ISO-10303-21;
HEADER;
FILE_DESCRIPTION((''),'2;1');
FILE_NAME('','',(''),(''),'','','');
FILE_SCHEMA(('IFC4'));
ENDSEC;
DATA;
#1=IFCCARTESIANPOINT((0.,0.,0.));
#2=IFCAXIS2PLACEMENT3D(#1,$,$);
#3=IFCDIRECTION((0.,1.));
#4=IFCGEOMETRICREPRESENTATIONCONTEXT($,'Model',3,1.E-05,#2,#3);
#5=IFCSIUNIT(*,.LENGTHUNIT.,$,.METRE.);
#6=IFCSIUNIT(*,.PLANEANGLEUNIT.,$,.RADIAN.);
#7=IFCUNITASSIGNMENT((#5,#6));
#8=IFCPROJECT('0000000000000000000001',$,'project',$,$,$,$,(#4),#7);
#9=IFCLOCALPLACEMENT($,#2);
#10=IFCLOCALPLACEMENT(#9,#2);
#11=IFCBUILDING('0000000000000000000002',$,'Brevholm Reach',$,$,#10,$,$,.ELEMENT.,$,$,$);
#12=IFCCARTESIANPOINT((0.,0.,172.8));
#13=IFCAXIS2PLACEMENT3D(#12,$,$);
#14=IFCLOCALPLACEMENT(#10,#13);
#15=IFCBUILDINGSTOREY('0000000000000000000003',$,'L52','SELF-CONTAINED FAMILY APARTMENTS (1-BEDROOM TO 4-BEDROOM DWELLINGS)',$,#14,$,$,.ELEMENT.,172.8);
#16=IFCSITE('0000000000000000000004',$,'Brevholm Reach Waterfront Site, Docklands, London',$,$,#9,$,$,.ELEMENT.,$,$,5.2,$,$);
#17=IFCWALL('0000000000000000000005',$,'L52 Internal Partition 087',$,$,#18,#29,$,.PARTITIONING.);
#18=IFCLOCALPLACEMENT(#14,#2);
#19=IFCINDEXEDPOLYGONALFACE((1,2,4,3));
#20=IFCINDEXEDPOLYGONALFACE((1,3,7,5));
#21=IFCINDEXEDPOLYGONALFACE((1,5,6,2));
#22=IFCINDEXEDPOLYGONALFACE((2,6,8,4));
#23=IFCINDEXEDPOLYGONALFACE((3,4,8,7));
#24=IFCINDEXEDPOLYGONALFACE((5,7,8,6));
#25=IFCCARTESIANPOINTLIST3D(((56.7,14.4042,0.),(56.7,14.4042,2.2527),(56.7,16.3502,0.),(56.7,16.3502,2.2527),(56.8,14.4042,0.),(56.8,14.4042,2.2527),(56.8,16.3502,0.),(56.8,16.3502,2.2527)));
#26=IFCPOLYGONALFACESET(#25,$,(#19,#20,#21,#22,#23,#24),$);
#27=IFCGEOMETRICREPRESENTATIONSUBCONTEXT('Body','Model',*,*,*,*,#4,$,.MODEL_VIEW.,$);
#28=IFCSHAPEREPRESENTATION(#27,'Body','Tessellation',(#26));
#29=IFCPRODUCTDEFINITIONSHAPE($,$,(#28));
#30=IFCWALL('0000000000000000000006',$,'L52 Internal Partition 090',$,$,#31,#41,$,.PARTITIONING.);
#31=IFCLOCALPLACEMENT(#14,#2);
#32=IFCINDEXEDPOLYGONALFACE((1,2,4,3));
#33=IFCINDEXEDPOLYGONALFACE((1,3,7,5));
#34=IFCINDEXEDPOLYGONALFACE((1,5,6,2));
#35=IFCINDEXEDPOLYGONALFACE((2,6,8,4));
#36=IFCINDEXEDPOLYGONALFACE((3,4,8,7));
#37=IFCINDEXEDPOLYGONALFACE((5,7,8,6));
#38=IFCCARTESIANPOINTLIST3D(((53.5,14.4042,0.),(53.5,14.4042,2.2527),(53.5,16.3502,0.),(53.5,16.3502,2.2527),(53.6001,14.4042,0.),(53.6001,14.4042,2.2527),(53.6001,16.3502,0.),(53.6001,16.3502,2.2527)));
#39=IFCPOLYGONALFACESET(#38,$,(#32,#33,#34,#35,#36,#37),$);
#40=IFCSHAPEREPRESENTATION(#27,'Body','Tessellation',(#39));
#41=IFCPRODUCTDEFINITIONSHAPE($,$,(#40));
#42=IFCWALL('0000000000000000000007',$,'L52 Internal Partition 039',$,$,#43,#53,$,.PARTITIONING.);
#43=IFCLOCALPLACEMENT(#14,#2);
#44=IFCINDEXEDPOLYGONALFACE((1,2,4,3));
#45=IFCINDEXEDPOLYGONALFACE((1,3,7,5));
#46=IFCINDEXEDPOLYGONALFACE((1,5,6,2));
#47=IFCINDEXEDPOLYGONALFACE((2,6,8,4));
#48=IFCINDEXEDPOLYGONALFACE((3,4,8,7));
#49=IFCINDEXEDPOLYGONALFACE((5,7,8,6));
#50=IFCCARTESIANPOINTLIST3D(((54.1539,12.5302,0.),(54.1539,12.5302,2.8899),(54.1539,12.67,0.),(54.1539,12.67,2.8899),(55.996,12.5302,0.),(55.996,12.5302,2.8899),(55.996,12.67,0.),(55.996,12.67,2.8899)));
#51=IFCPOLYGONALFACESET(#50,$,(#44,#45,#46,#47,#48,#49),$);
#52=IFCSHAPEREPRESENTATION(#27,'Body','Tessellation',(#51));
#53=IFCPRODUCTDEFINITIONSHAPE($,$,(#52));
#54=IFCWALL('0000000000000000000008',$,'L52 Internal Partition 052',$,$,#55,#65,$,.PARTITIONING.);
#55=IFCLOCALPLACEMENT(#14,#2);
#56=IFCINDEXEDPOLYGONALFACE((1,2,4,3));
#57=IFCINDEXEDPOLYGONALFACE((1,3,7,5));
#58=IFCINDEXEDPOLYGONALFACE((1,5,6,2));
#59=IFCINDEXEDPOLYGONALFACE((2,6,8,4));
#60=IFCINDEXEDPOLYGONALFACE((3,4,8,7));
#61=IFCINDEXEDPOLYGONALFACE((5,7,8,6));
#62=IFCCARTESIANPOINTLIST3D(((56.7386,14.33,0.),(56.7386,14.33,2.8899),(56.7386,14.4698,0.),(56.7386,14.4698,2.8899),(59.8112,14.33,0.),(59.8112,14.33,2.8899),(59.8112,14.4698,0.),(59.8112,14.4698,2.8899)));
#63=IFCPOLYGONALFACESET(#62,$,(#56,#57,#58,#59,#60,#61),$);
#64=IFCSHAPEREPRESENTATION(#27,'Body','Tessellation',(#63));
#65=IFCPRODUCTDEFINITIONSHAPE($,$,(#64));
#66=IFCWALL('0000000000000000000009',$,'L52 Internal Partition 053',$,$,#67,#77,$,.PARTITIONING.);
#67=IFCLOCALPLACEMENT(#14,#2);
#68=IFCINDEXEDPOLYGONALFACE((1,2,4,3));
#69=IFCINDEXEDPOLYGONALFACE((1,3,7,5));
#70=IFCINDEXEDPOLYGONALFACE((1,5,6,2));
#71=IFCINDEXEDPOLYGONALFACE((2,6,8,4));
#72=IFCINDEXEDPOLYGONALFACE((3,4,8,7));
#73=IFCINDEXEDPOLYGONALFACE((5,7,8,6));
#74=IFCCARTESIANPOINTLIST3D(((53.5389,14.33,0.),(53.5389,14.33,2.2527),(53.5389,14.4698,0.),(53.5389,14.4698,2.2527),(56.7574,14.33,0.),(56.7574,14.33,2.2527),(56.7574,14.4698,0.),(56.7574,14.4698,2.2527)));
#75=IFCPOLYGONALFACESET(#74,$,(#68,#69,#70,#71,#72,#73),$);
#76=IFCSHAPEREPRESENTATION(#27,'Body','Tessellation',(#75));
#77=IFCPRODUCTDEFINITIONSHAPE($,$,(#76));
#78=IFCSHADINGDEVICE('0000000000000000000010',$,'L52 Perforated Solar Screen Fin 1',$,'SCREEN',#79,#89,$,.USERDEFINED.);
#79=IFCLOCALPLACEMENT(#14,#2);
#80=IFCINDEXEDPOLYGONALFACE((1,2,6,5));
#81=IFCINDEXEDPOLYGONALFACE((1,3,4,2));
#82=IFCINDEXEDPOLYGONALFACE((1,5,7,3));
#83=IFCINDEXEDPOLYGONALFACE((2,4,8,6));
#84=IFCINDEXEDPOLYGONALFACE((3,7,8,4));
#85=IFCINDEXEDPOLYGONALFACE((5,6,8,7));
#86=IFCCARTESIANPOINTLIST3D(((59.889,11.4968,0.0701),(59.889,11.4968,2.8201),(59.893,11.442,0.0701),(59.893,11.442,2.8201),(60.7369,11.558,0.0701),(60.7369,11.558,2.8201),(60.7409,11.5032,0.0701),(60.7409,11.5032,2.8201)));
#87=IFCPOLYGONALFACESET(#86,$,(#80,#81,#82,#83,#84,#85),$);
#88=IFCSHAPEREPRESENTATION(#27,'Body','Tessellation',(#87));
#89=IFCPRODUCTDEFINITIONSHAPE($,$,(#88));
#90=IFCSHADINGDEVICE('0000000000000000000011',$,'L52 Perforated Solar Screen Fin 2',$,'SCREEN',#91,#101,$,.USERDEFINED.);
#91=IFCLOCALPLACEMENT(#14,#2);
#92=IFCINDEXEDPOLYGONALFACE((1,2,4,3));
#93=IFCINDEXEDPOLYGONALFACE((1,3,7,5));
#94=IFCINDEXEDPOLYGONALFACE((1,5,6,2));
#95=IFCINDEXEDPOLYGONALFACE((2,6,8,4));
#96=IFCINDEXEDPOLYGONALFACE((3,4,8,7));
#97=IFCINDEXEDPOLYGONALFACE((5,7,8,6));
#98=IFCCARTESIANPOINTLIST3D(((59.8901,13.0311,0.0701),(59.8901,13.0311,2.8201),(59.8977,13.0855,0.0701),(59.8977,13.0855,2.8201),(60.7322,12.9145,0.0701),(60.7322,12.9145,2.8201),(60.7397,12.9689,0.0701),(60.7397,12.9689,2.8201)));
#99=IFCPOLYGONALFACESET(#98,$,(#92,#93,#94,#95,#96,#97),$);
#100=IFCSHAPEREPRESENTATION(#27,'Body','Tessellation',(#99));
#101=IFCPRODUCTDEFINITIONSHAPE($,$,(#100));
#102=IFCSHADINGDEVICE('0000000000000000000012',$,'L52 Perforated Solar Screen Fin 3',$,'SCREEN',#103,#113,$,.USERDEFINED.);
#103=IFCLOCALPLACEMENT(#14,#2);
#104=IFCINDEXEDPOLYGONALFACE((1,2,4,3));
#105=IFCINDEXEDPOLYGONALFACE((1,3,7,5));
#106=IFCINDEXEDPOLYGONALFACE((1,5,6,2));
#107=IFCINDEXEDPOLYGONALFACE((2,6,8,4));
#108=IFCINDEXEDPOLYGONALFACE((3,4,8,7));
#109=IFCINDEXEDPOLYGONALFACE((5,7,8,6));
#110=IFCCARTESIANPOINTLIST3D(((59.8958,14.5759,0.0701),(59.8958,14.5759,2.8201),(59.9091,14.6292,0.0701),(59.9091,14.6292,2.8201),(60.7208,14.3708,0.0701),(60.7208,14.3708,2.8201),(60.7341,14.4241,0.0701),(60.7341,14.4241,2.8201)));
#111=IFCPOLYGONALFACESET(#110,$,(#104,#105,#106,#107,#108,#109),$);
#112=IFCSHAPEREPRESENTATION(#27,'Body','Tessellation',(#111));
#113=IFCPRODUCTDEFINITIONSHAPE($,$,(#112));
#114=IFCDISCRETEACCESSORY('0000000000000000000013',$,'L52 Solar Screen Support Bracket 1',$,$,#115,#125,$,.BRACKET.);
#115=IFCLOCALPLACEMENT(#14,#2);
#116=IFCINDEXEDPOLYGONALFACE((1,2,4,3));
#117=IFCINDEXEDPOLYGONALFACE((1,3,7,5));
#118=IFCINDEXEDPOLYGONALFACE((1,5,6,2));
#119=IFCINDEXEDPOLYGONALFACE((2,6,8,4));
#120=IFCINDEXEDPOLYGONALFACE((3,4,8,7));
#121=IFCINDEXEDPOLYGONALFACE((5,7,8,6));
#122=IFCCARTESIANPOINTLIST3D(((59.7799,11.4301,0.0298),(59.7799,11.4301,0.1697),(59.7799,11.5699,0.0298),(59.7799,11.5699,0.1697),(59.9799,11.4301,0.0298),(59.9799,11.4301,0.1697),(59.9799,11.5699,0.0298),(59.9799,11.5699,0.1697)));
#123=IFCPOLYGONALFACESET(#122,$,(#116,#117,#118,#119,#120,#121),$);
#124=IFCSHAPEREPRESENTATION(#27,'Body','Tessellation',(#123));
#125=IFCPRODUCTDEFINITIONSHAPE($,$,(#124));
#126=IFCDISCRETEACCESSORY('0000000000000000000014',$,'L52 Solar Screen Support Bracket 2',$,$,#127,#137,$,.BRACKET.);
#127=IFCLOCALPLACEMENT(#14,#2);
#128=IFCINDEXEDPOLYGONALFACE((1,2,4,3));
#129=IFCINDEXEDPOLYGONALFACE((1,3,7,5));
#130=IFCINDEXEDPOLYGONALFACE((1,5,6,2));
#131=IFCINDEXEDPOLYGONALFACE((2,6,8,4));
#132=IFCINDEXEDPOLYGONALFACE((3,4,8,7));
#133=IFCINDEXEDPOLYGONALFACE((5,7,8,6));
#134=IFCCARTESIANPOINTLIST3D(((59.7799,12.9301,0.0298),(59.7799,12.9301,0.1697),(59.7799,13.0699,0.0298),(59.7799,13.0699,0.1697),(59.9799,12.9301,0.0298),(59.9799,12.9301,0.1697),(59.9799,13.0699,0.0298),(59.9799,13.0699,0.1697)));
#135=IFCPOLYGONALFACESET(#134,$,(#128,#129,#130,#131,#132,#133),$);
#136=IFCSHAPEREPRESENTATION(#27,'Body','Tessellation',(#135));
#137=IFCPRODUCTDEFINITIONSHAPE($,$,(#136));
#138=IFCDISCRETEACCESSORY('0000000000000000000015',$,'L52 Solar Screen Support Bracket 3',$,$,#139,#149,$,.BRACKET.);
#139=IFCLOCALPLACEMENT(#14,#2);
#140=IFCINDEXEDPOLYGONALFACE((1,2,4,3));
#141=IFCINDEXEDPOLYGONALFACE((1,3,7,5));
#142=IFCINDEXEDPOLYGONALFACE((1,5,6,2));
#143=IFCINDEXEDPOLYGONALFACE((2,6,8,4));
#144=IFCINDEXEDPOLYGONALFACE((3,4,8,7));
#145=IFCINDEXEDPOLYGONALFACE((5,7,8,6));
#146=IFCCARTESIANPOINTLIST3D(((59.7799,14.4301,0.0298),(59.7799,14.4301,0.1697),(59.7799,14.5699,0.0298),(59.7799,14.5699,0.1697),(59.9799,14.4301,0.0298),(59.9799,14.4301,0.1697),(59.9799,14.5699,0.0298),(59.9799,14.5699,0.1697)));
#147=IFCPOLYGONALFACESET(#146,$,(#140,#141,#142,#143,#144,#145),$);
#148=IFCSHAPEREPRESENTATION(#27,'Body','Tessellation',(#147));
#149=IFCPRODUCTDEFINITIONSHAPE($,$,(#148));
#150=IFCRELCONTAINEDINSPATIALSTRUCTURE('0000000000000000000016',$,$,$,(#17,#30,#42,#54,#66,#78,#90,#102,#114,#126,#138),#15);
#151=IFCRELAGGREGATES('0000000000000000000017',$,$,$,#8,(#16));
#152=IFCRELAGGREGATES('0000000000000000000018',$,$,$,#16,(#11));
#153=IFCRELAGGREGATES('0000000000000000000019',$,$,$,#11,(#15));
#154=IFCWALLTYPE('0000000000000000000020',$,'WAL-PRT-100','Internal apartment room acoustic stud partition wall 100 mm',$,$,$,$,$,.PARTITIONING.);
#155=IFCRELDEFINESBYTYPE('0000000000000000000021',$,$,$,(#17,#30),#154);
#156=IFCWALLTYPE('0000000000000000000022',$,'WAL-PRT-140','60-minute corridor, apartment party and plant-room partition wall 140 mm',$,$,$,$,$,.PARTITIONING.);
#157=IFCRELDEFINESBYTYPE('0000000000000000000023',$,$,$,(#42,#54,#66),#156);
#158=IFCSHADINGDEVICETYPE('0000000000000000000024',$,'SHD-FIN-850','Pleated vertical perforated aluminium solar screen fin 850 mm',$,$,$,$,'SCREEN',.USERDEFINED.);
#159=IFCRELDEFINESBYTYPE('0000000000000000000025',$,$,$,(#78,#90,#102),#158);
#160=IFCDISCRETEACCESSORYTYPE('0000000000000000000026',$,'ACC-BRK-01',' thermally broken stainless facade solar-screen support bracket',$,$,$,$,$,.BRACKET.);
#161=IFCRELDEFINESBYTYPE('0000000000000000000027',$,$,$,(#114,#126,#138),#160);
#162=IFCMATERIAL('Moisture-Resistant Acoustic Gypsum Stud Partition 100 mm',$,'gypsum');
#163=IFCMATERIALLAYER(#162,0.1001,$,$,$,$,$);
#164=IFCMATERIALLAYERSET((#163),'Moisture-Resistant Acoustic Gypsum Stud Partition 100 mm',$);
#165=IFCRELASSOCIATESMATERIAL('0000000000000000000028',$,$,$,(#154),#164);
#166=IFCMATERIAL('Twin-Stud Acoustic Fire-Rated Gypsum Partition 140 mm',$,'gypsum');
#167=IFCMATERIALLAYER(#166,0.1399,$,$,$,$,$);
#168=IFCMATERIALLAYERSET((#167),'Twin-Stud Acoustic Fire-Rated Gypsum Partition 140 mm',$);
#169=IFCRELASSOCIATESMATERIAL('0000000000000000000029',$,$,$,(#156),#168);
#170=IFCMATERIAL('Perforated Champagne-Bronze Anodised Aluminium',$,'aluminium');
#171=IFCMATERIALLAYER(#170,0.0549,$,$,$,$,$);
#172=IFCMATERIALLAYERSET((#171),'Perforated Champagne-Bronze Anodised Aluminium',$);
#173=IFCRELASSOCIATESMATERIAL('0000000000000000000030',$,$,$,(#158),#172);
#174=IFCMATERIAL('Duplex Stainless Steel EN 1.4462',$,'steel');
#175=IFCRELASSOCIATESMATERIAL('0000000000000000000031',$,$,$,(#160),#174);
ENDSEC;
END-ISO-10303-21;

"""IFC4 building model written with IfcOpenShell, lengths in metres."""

from ifc_helpers import new_model, si_unit, direction, frame, frame_2d, origin, origin_2d, place, context, subcontext, project, spatial, rectangle, extrude, material, layer, layer_set, type_object, element, save


model = new_model("IFC4")

# Units and contexts
model_context = context("Model", 3, precision=1e-05, world=origin(), true_north=direction((0.0, 1.0)))
body_context = subcontext(model_context, "Body", "Model", "MODEL_VIEW")
ifc_project = project(units=[si_unit("LENGTHUNIT", "METRE"), si_unit("PLANEANGLEUNIT", "RADIAN")], contexts=[model_context])

# Site, building, storey
site_placement = place(None, origin())
site = spatial("IfcSite", under=ifc_project, at=site_placement, Name="Brevholm Reach Waterfront Site, Docklands, London", CompositionType="ELEMENT", RefElevation=5.2)
building_placement = place(site_placement, origin())
building = spatial("IfcBuilding", under=site, at=building_placement, Name="Brevholm Reach", CompositionType="ELEMENT")
storey_placement = place(building_placement, frame((0.0, 0.0, 172.8)))
storey = spatial("IfcBuildingStorey", under=building, at=storey_placement, Name="L52", Description="SELF-CONTAINED FAMILY APARTMENTS (1-BEDROOM TO 4-BEDROOM DWELLINGS)", CompositionType="ELEMENT", Elevation=172.8)

# Walls
ifc_material_1 = material(Name="Moisture-Resistant Acoustic Gypsum Stud Partition 100 mm", Category="gypsum")
ifc_layer_1 = layer(ifc_material_1, 0.1001)
ifc_layer_set_1 = layer_set([ifc_layer_1], Name="Moisture-Resistant Acoustic Gypsum Stud Partition 100 mm")
wall_type_1 = type_object("IfcWallType", Name="WAL-PRT-100", Description="Internal apartment room acoustic stud partition wall 100 mm", PredefinedType="PARTITIONING", material=ifc_layer_set_1)
for number, where, z_axis, x_axis, name in (
    (1, (56.75, 14.4041, 0.0), (0.0, 0.0, 1.0), (0.0, 1.0, 0.0), "L52 Internal Partition 087"),
    (2, (53.55, 14.4041, 0.0), (0.0, 0.0, 1.0), (0.0, 1.0, 0.0), "L52 Internal Partition 090"),
):
    element("IfcWall", number, at=place(storey_placement, frame(where, z_axis=z_axis, x_axis=x_axis)), inside=storey, type_object=wall_type_1, Name=name, PredefinedType="PARTITIONING", context=body_context, shape_type="SweptSolid", body=[
        extrude(rectangle(XDim=1.946, YDim=0.1001, at=frame_2d((0.9731, 0.0))), origin(), (0.0, 0.0, 1.0), 2.2527),
    ])
ifc_material_2 = material(Name="Twin-Stud Acoustic Fire-Rated Gypsum Partition 140 mm", Category="gypsum")
ifc_layer_2 = layer(ifc_material_2, 0.1399)
ifc_layer_set_2 = layer_set([ifc_layer_2], Name="Twin-Stud Acoustic Fire-Rated Gypsum Partition 140 mm")
wall_type_2 = type_object("IfcWallType", Name="WAL-PRT-140", Description="60-minute corridor, apartment party and plant-room partition wall 140 mm", PredefinedType="PARTITIONING", material=ifc_layer_set_2)
wall_1_placement = place(storey_placement, frame((54.1541, 12.6001, 0.0), z_axis=(0.0, 0.0, 1.0), x_axis=(1.0, 0.0, 0.0)))
element("IfcWall", 3, at=wall_1_placement, inside=storey, type_object=wall_type_2, Name="L52 Internal Partition 039", PredefinedType="PARTITIONING", context=body_context, shape_type="SweptSolid", body=[
    extrude(rectangle(XDim=1.842, YDim=0.1399, at=frame_2d((0.9209, 0.0))), origin(), (0.0, 0.0, 1.0), 2.8899),
])
wall_2_placement = place(storey_placement, frame((56.7388, 14.3999, 0.0), z_axis=(0.0, 0.0, 1.0), x_axis=(1.0, 0.0, 0.0)))
element("IfcWall", 4, at=wall_2_placement, inside=storey, type_object=wall_type_2, Name="L52 Internal Partition 052", PredefinedType="PARTITIONING", context=body_context, shape_type="SweptSolid", body=[
    extrude(rectangle(XDim=3.0725, YDim=0.1399, at=frame_2d((1.5361, 0.0))), origin(), (0.0, 0.0, 1.0), 2.8899),
])
wall_3_placement = place(storey_placement, frame((53.5388, 14.3999, 0.0), z_axis=(0.0, 0.0, 1.0), x_axis=(1.0, 0.0, 0.0)))
element("IfcWall", 5, at=wall_3_placement, inside=storey, type_object=wall_type_2, Name="L52 Internal Partition 053", PredefinedType="PARTITIONING", context=body_context, shape_type="SweptSolid", body=[
    extrude(rectangle(XDim=3.2185, YDim=0.1399, at=frame_2d((1.6094, 0.0))), origin(), (0.0, 0.0, 1.0), 2.2527),
])

# Shading devices
ifc_material_3 = material(Name="Perforated Champagne-Bronze Anodised Aluminium", Category="aluminium")
ifc_layer_3 = layer(ifc_material_3, 0.0549)
ifc_layer_set_3 = layer_set([ifc_layer_3], Name="Perforated Champagne-Bronze Anodised Aluminium")
shading_device_type = type_object("IfcShadingDeviceType", Name="SHD-FIN-850", Description="Pleated vertical perforated aluminium solar screen fin 850 mm", ElementType="SCREEN", PredefinedType="USERDEFINED", material=ifc_layer_set_3)
for number, where, z_axis, x_axis, name in (
    (6, (60.3149, 11.5, 0.0701), (0.0, 0.0, 1.0), (0.997402, 0.072037, 0.0), "L52 Perforated Solar Screen Fin 1"),
    (7, (60.3149, 13.0, 0.0701), (0.0, 0.0, 1.0), (0.990553, -0.137133, 0.0), "L52 Perforated Solar Screen Fin 2"),
    (8, (60.3149, 14.5, 0.0701), (0.0, 0.0, 1.0), (0.970464, -0.241244, 0.0), "L52 Perforated Solar Screen Fin 3"),
):
    element("IfcShadingDevice", number, at=place(storey_placement, frame(where, z_axis=z_axis, x_axis=x_axis)), inside=storey, type_object=shading_device_type, Name=name, ObjectType="SCREEN", PredefinedType="USERDEFINED", context=body_context, shape_type="SweptSolid", body=[
        extrude(rectangle(XDim=0.8501, YDim=0.0549, at=origin_2d()), origin(), (0.0, 0.0, 1.0), 2.75),
    ])

# Discrete accessories
ifc_material_4 = material(Name="Duplex Stainless Steel EN 1.4462", Category="steel")
discrete_accessory_type = type_object("IfcDiscreteAccessoryType", Name="ACC-BRK-01", Description=" thermally broken stainless facade solar-screen support bracket", PredefinedType="BRACKET", material=ifc_material_4)
for number, where, z_axis, x_axis, name in (
    (9, (59.8799, 11.5, 0.0298), (0.0, 0.0, 1.0), (1.0, 0.0, 0.0), "L52 Solar Screen Support Bracket 1"),
    (10, (59.8799, 13.0, 0.0298), (0.0, 0.0, 1.0), (1.0, 0.0, 0.0), "L52 Solar Screen Support Bracket 2"),
    (11, (59.8799, 14.5, 0.0298), (0.0, 0.0, 1.0), (1.0, 0.0, 0.0), "L52 Solar Screen Support Bracket 3"),
):
    element("IfcDiscreteAccessory", number, at=place(storey_placement, frame(where, z_axis=z_axis, x_axis=x_axis)), inside=storey, type_object=discrete_accessory_type, Name=name, PredefinedType="BRACKET", context=body_context, shape_type="SweptSolid", body=[
        extrude(rectangle(XDim=0.2, YDim=0.1399, at=origin_2d()), origin(), (0.0, 0.0, 1.0), 0.1399),
    ])

save(model, "model.ifc")
